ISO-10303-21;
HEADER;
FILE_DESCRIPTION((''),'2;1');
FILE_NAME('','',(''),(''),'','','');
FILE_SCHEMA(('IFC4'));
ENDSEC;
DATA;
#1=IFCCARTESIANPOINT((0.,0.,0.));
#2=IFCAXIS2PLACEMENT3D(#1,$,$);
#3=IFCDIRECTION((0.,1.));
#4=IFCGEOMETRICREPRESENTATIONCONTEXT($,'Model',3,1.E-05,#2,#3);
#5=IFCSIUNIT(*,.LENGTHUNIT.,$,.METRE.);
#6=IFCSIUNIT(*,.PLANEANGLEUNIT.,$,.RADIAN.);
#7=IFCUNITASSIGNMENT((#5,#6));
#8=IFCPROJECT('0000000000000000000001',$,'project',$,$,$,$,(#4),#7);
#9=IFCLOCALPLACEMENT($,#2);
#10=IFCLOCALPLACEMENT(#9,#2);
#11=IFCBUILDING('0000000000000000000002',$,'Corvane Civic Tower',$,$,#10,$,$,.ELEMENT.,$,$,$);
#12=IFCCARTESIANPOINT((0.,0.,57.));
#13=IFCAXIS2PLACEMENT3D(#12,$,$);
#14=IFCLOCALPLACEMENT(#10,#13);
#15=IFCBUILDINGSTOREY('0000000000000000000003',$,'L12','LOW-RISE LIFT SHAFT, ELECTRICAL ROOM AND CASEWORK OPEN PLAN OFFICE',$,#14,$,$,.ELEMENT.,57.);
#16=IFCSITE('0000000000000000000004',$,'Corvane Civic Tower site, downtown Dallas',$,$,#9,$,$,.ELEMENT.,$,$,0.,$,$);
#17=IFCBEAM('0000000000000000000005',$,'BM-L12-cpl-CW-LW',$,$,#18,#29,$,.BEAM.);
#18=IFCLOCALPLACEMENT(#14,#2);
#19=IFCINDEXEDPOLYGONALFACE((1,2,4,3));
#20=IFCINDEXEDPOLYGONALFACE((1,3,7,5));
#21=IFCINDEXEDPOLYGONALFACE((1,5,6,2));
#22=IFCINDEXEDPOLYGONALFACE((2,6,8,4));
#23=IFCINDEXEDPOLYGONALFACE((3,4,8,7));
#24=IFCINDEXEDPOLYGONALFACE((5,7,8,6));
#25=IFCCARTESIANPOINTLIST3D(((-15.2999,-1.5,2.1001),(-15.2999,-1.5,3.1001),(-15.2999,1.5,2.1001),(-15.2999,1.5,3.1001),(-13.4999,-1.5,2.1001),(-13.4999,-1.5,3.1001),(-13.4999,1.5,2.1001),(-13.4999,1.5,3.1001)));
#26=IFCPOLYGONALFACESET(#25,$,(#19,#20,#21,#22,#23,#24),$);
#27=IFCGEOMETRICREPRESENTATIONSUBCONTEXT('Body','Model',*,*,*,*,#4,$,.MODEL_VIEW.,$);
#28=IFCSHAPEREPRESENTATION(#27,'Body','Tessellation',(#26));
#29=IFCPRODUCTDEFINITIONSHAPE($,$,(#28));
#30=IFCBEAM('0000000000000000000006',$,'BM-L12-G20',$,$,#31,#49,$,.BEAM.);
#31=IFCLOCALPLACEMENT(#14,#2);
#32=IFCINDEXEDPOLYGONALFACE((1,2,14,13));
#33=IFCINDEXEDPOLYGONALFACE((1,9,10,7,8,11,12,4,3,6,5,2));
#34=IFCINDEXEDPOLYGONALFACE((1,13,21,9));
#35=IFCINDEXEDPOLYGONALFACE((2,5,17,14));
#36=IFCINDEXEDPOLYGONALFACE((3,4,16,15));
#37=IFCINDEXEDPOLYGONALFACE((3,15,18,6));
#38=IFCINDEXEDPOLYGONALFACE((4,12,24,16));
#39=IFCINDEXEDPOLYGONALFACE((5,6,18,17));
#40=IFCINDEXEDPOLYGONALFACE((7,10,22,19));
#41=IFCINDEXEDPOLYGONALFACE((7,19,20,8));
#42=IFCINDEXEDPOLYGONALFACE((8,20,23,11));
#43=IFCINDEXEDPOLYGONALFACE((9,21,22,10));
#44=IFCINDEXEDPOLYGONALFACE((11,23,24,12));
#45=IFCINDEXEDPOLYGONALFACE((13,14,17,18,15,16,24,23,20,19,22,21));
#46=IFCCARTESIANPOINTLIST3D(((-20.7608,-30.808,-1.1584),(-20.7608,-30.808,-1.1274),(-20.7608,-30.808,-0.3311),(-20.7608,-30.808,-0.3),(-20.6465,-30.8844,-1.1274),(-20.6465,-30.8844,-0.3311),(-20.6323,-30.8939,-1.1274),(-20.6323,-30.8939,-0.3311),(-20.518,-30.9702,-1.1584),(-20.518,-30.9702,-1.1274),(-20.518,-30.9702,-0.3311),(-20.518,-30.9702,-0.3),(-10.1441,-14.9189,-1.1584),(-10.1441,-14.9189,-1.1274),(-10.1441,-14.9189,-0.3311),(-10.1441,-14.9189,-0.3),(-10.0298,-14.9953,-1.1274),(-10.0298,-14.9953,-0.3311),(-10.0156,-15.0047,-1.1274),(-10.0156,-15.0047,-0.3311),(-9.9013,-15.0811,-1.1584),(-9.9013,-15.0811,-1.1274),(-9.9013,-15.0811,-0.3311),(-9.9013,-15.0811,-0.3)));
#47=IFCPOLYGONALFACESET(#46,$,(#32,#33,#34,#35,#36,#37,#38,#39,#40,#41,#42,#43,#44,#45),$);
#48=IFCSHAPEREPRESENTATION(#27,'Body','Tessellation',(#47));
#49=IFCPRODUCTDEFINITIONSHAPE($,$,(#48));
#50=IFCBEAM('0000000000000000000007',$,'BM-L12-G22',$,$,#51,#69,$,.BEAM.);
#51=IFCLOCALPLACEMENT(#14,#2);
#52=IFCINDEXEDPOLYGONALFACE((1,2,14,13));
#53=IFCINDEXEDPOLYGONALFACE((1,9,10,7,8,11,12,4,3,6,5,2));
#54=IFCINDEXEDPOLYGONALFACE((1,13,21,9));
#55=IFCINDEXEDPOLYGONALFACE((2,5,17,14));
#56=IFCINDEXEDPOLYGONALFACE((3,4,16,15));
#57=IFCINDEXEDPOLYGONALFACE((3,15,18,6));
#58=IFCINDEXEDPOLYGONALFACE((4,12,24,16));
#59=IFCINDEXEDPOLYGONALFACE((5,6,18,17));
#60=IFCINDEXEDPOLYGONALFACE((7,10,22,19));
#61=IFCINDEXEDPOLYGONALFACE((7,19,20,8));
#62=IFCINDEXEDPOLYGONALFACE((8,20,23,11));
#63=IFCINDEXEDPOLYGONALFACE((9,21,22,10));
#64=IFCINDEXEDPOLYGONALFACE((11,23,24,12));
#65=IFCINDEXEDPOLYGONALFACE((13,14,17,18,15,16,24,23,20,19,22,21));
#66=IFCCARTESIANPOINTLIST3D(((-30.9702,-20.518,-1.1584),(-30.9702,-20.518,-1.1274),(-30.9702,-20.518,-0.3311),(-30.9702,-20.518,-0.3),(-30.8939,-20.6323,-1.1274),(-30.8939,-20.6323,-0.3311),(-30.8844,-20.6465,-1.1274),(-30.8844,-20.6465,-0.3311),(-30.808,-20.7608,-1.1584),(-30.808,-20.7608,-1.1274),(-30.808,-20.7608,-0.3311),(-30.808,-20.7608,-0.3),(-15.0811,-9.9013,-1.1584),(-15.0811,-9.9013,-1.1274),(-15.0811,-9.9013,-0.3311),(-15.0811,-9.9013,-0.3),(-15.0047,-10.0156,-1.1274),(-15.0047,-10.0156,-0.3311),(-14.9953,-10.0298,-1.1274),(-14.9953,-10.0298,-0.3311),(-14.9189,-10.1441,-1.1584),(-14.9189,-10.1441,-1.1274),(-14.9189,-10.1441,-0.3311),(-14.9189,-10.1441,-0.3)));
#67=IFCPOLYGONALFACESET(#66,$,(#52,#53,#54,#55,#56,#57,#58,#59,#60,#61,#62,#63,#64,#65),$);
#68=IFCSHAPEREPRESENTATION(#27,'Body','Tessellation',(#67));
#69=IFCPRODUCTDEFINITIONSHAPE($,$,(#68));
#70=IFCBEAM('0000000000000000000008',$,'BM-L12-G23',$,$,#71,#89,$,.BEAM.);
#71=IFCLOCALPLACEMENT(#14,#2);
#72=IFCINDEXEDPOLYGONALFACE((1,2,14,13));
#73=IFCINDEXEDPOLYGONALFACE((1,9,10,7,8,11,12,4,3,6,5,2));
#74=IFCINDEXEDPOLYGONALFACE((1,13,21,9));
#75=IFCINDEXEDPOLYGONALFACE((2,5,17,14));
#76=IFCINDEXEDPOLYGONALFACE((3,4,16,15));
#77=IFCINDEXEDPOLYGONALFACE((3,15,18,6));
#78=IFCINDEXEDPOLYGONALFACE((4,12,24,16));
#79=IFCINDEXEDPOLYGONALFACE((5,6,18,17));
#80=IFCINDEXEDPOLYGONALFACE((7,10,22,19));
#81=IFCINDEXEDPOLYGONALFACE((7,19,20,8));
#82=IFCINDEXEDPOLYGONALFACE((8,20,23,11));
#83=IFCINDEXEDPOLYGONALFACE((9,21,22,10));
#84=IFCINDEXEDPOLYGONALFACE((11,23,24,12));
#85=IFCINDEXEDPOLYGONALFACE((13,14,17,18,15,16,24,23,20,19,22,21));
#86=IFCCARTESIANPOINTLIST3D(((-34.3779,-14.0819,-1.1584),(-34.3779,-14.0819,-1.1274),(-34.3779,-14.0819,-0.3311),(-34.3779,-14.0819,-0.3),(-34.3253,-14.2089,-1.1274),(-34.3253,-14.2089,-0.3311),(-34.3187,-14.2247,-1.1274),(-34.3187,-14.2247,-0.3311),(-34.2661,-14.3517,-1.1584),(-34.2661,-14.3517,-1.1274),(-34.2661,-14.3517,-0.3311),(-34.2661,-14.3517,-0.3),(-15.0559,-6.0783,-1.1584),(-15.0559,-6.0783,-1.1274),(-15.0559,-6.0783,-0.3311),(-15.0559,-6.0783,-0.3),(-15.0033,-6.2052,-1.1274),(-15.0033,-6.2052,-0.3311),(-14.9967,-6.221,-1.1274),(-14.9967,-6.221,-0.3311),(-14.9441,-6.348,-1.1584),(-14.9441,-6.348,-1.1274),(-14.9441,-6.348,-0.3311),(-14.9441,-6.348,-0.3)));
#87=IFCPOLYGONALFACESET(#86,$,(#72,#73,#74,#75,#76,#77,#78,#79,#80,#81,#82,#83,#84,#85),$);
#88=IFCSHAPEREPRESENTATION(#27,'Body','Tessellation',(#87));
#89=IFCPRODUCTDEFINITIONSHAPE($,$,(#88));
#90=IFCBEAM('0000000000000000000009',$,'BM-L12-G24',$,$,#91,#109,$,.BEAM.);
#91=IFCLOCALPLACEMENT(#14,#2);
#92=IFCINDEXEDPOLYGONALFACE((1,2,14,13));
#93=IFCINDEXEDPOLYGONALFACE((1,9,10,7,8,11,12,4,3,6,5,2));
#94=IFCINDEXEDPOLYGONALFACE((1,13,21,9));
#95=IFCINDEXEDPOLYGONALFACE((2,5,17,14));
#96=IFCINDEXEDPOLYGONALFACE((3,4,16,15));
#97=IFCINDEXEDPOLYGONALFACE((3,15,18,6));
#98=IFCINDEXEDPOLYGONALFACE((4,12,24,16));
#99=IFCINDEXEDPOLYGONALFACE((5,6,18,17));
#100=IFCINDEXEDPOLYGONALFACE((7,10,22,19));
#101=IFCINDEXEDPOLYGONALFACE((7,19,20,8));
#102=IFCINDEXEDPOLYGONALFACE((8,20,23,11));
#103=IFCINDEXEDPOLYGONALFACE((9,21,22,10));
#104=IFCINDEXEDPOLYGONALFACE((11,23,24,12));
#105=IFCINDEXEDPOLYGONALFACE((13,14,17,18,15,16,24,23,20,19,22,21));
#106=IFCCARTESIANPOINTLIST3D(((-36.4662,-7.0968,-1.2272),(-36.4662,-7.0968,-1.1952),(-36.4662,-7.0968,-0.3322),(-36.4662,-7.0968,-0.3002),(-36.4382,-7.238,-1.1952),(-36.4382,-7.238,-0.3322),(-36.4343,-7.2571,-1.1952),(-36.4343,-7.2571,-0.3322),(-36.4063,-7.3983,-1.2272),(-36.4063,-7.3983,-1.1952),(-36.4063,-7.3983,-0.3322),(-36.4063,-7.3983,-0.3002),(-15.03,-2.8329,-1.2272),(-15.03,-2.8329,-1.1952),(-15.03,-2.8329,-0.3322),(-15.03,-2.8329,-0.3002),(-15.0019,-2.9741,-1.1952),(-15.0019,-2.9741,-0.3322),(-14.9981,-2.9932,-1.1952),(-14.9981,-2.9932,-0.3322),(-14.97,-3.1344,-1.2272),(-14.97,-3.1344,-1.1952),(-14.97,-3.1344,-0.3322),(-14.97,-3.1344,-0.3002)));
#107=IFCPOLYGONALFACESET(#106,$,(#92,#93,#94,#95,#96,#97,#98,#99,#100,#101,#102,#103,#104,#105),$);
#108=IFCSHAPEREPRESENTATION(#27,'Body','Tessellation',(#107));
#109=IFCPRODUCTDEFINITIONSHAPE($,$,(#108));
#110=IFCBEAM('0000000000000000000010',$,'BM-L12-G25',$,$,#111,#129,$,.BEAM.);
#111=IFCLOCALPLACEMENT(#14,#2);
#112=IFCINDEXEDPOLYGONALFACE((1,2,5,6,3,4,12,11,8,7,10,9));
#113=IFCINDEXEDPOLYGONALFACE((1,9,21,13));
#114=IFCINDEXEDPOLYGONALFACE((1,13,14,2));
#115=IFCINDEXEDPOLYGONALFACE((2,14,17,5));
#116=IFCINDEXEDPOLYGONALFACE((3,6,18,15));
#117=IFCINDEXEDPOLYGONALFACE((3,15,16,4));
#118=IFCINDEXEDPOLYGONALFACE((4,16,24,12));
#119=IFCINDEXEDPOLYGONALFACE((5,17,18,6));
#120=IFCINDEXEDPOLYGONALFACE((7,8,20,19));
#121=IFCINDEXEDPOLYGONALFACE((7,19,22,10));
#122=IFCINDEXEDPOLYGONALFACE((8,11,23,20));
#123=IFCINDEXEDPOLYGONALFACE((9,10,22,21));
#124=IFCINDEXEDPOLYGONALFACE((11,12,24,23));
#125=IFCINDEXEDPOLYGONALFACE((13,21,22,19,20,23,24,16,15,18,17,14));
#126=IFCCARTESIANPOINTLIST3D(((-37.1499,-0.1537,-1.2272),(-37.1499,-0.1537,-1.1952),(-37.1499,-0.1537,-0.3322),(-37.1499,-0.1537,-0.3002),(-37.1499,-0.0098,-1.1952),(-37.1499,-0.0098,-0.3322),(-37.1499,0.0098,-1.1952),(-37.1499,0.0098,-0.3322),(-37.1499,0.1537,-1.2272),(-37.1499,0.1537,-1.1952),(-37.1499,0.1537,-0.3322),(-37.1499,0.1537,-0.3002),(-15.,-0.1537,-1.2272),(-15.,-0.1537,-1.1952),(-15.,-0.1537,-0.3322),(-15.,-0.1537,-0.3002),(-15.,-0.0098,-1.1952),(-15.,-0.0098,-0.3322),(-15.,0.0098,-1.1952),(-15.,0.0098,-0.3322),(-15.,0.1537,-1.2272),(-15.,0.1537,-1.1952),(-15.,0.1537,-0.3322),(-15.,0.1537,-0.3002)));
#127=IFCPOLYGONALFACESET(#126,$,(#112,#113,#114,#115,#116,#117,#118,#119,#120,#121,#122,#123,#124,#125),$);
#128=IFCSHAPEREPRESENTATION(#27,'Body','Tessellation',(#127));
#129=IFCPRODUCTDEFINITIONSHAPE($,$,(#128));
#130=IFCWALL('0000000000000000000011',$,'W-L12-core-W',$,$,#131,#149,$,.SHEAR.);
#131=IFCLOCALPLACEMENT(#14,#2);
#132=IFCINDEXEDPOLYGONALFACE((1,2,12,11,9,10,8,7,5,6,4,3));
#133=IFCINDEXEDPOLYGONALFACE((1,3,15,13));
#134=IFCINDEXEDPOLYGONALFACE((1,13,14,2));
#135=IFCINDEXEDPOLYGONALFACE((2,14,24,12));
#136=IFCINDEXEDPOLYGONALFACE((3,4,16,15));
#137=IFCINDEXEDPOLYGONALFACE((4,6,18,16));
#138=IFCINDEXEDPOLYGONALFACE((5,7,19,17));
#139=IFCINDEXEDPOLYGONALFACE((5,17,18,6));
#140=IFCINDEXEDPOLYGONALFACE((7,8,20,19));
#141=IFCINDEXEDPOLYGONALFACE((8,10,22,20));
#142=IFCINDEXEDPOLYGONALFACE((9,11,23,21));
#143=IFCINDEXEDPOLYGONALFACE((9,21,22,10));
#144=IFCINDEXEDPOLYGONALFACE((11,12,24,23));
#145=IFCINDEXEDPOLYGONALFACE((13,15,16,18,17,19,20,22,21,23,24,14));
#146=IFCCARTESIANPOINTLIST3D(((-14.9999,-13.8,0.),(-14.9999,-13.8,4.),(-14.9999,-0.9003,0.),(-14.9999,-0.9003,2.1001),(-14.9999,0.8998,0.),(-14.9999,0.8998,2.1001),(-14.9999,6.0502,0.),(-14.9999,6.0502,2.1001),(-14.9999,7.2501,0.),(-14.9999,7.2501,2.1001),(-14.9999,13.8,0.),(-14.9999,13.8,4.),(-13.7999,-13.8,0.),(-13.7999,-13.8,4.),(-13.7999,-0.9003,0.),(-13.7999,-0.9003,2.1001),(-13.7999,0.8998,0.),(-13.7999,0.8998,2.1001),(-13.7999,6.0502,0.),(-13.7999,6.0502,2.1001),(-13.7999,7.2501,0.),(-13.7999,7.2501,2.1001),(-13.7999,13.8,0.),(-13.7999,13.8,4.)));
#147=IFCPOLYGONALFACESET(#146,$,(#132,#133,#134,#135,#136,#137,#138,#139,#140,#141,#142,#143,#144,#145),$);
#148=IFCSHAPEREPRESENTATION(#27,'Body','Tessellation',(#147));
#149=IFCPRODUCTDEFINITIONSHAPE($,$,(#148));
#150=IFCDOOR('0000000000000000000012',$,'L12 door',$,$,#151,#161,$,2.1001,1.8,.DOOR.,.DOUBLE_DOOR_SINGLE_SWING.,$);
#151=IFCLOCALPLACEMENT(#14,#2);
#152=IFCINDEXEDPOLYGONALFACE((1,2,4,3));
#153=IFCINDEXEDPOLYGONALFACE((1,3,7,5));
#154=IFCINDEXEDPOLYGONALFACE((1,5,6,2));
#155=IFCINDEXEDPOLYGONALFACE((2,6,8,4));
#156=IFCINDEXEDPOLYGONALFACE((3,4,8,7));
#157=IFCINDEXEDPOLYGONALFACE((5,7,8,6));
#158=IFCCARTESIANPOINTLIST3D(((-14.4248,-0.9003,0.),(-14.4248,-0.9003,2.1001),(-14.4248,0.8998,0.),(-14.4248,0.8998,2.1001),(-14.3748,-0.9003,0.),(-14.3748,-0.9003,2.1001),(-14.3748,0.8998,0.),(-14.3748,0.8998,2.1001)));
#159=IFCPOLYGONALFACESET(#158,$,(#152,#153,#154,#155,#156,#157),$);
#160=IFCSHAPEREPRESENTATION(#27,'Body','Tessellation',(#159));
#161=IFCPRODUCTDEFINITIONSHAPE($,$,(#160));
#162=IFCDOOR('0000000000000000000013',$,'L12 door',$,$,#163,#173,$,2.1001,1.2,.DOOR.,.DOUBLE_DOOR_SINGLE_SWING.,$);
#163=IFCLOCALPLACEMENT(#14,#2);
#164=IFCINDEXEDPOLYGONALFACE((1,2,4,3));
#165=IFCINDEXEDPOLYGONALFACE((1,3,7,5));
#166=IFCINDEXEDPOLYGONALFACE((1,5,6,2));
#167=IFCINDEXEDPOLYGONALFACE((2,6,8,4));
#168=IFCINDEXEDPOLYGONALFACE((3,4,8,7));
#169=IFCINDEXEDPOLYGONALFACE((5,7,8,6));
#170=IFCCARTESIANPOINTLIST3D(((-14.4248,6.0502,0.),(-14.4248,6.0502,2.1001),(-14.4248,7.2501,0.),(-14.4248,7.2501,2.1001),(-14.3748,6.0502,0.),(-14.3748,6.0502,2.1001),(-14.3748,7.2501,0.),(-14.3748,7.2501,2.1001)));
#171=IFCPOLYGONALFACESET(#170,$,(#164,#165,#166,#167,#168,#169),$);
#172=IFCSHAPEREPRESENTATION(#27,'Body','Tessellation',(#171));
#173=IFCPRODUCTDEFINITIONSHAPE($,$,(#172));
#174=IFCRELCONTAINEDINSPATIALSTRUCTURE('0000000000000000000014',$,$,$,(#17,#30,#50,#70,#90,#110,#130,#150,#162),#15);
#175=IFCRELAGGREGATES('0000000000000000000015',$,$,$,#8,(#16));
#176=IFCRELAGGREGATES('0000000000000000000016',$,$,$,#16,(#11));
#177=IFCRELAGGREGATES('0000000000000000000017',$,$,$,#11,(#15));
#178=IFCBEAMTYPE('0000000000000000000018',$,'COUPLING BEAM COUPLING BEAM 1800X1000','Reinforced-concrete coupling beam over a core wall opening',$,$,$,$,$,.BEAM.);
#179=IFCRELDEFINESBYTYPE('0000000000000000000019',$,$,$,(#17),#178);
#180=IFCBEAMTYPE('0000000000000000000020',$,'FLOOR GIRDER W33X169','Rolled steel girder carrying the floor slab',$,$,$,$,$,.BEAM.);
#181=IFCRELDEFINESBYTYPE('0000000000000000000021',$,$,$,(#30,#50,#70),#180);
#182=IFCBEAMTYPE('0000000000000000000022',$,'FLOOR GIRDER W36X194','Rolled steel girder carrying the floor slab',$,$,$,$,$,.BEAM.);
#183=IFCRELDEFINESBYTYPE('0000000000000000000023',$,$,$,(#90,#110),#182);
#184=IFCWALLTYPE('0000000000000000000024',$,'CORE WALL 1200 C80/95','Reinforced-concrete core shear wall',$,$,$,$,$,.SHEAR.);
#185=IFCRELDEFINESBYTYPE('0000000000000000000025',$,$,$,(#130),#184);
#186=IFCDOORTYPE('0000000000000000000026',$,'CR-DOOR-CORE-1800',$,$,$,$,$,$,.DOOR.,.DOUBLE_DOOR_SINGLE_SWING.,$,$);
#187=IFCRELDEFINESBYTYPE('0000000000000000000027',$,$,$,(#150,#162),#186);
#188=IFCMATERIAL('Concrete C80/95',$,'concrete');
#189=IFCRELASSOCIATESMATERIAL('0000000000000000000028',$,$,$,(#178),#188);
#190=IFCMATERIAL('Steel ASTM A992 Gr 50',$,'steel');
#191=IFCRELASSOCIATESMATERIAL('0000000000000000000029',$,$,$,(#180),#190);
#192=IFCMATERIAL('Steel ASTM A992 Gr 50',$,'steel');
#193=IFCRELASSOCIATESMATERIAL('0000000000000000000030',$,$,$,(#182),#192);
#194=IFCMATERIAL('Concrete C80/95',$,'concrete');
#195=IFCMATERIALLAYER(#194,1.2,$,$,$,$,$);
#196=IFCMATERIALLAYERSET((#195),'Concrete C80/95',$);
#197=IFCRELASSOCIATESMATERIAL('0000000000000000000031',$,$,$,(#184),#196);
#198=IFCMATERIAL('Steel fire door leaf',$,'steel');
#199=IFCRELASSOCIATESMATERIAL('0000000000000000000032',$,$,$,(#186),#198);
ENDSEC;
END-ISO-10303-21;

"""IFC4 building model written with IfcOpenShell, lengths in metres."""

from ifc_helpers import new_model, si_unit, direction, frame, frame_2d, origin, origin_2d, place, context, subcontext, project, spatial, rectangle, i_section, extrude, material, layer, layer_set, material_profile, profile_set, type_object, element, fill, save


model = new_model("IFC4")

# Units and contexts
model_context = context("Model", 3, precision=1e-05, world=origin(), true_north=direction((0.0, 1.0)))
body_context = subcontext(model_context, "Body", "Model", "MODEL_VIEW")
ifc_project = project(units=[si_unit("LENGTHUNIT", "METRE"), si_unit("PLANEANGLEUNIT", "RADIAN")], contexts=[model_context])

# Site, building, storey
site_placement = place(None, origin())
site = spatial("IfcSite", under=ifc_project, at=site_placement, Name="Corvane Civic Tower site, downtown Dallas", CompositionType="ELEMENT", RefElevation=0.0)
building_placement = place(site_placement, origin())
building = spatial("IfcBuilding", under=site, at=building_placement, Name="Corvane Civic Tower", CompositionType="ELEMENT")
storey_placement = place(building_placement, frame((0.0, 0.0, 57.0)))
storey = spatial("IfcBuildingStorey", under=building, at=storey_placement, Name="L12", Description="LOW-RISE LIFT SHAFT, ELECTRICAL ROOM AND CASEWORK OPEN PLAN OFFICE", CompositionType="ELEMENT", Elevation=57.0)

# Beams
ifc_material_1 = material(Name="Concrete C80/95", Category="concrete")
ifc_material_profile_1 = material_profile(ifc_material_1, rectangle(XDim=1.8, YDim=1.0, at=origin_2d()), Name="COUPLING BEAM 1800X1000")
ifc_profile_set_1 = profile_set([ifc_material_profile_1], Name="Concrete C80/95")
beam_type_1 = type_object("IfcBeamType", Name="COUPLING BEAM COUPLING BEAM 1800X1000", Description="Reinforced-concrete coupling beam over a core wall opening", PredefinedType="BEAM", material=ifc_profile_set_1)
beam_1_placement = place(storey_placement, frame((-14.3999, -1.5, 2.6001), z_axis=(0.0, 1.0, 0.0), x_axis=(-1.0, 0.0, 0.0)))
element("IfcBeam", 1, at=beam_1_placement, inside=storey, type_object=beam_type_1, Name="BM-L12-cpl-CW-LW", PredefinedType="BEAM", context=body_context, shape_type="SweptSolid", body=[
    extrude(rectangle(XDim=1.8, YDim=1.0, at=origin_2d()), origin(), (0.0, 0.0, 1.0), 3.0),
])
ifc_material_2 = material(Name="Steel ASTM A992 Gr 50", Category="steel")
ifc_material_profile_2 = material_profile(ifc_material_2, i_section(OverallWidth=0.292, OverallDepth=0.8584, WebThickness=0.0171, FlangeThickness=0.031, at=origin_2d()), Name="W33X169")
ifc_profile_set_2 = profile_set([ifc_material_profile_2], Name="Steel ASTM A992 Gr 50")
beam_type_2 = type_object("IfcBeamType", Name="FLOOR GIRDER W33X169", Description="Rolled steel girder carrying the floor slab", PredefinedType="BEAM", material=ifc_profile_set_2)
for number, where, z_axis, x_axis, name in (
    (2, (-10.0227, -15.0, -0.7292), (-0.555567, -0.831472, 0.0), (0.831472, -0.555567, 0.0), "BM-L12-G20"),
    (3, (-15.0, -10.0227, -0.7292), (-0.831472, -0.555567, 0.0), (0.555567, -0.831472, 0.0), "BM-L12-G22"),
):
    element("IfcBeam", number, at=place(storey_placement, frame(where, z_axis=z_axis, x_axis=x_axis)), inside=storey, type_object=beam_type_2, Name=name, PredefinedType="BEAM", context=body_context, shape_type="SweptSolid", body=[
        extrude(i_section(OverallWidth=0.292, OverallDepth=0.8584, WebThickness=0.0171, FlangeThickness=0.031, at=origin_2d()), origin(), (0.0, 0.0, 1.0), 19.1096),
    ])
beam_2_placement = place(storey_placement, frame((-15.0, -6.2131, -0.7292), z_axis=(-0.923876, -0.382692, 0.0), x_axis=(0.382692, -0.923876, 0.0)))
element("IfcBeam", 4, at=beam_2_placement, inside=storey, type_object=beam_type_2, Name="BM-L12-G23", PredefinedType="BEAM", context=body_context, shape_type="SweptSolid", body=[
    extrude(i_section(OverallWidth=0.292, OverallDepth=0.8584, WebThickness=0.0171, FlangeThickness=0.031, at=origin_2d()), origin(), (0.0, 0.0, 1.0), 20.9141),
])
ifc_material_3 = material(Name="Steel ASTM A992 Gr 50", Category="steel")
ifc_material_profile_3 = material_profile(ifc_material_3, i_section(OverallWidth=0.3074, OverallDepth=0.927, WebThickness=0.0195, FlangeThickness=0.032, at=origin_2d()), Name="W36X194")
ifc_profile_set_3 = profile_set([ifc_material_profile_3], Name="Steel ASTM A992 Gr 50")
beam_type_3 = type_object("IfcBeamType", Name="FLOOR GIRDER W36X194", Description="Rolled steel girder carrying the floor slab", PredefinedType="BEAM", material=ifc_profile_set_3)
beam_3_placement = place(storey_placement, frame((-15.0, -2.9836, -0.7637), z_axis=(-0.980785, -0.195089, 0.0), x_axis=(0.195089, -0.980785, 0.0)))
element("IfcBeam", 5, at=beam_3_placement, inside=storey, type_object=beam_type_3, Name="BM-L12-G24", PredefinedType="BEAM", context=body_context, shape_type="SweptSolid", body=[
    extrude(i_section(OverallWidth=0.3074, OverallDepth=0.927, WebThickness=0.0195, FlangeThickness=0.032, at=origin_2d()), origin(), (0.0, 0.0, 1.0), 21.8562),
])
beam_4_placement = place(storey_placement, frame((-15.0, 0.0, -0.7637), z_axis=(-1.0, 0.0, 0.0), x_axis=(0.0, -1.0, 0.0)))
element("IfcBeam", 6, at=beam_4_placement, inside=storey, type_object=beam_type_3, Name="BM-L12-G25", PredefinedType="BEAM", context=body_context, shape_type="SweptSolid", body=[
    extrude(i_section(OverallWidth=0.3074, OverallDepth=0.927, WebThickness=0.0195, FlangeThickness=0.032, at=origin_2d()), origin(), (0.0, 0.0, 1.0), 22.1499),
])

# Wall, openings, doors
ifc_material_4 = material(Name="Concrete C80/95", Category="concrete")
ifc_layer_1 = layer(ifc_material_4, 1.2)
ifc_layer_set_1 = layer_set([ifc_layer_1], Name="Concrete C80/95")
wall_type_1 = type_object("IfcWallType", Name="CORE WALL 1200 C80/95", Description="Reinforced-concrete core shear wall", PredefinedType="SHEAR", material=ifc_layer_set_1)
wall_1_placement = place(storey_placement, frame((-14.3999, -13.8, 0.0), z_axis=(0.0, 0.0, 1.0), x_axis=(0.0, 1.0, 0.0)))
wall_1 = element("IfcWall", 7, at=wall_1_placement, inside=storey, type_object=wall_type_1, Name="W-L12-core-W", PredefinedType="SHEAR", context=body_context, shape_type="SweptSolid", body=[
    extrude(rectangle(XDim=27.6001, YDim=1.2, at=frame_2d((13.8, 0.0))), origin(), (0.0, 0.0, 1.0), 4.0),
])
opening_1_placement = place(wall_1_placement, frame((12.8999, 0.0, 0.0)))
opening_1 = element("IfcOpeningElement", 8, at=opening_1_placement, cuts=wall_1, PredefinedType="OPENING", context=body_context, shape_type="SweptSolid", body=[
    extrude(rectangle(XDim=1.8, YDim=2.1001, at=frame_2d((0.8999, 1.05))), frame((0.0, 0.6099, 0.0), z_axis=(0.0, -1.0, 0.0), x_axis=(1.0, 0.0, 0.0)), (0.0, 0.0, 1.0), 1.22),
])
opening_2_placement = place(wall_1_placement, frame((19.8501, 0.0, 0.0)))
opening_2 = element("IfcOpeningElement", 9, at=opening_2_placement, cuts=wall_1, PredefinedType="OPENING", context=body_context, shape_type="SweptSolid", body=[
    extrude(rectangle(XDim=1.2, YDim=2.1001, at=frame_2d((0.6001, 1.05))), frame((0.0, 0.6099, 0.0), z_axis=(0.0, -1.0, 0.0), x_axis=(1.0, 0.0, 0.0)), (0.0, 0.0, 1.0), 1.22),
])
ifc_material_5 = material(Name="Steel fire door leaf", Category="steel")
door_type_1 = type_object("IfcDoorType", Name="CR-DOOR-CORE-1800", OperationType="DOUBLE_DOOR_SINGLE_SWING", PredefinedType="DOOR", material=ifc_material_5)
door_1_placement = place(opening_1_placement, origin())
door_1 = element("IfcDoor", 10, at=door_1_placement, inside=storey, type_object=door_type_1, Name="L12 door", OperationType="DOUBLE_DOOR_SINGLE_SWING", OverallHeight=2.1001, OverallWidth=1.8, PredefinedType="DOOR", context=body_context, shape_type="SweptSolid", body=[
    extrude(rectangle(XDim=1.8, YDim=2.1001, at=frame_2d((0.8999, 1.05))), frame((0.0, 0.0249, 0.0), z_axis=(0.0, -1.0, 0.0), x_axis=(1.0, 0.0, 0.0)), (0.0, 0.0, 1.0), 0.05),
])
fill(opening_1, door_1)
door_2_placement = place(opening_2_placement, origin())
door_2 = element("IfcDoor", 11, at=door_2_placement, inside=storey, type_object=door_type_1, Name="L12 door", OperationType="DOUBLE_DOOR_SINGLE_SWING", OverallHeight=2.1001, OverallWidth=1.2, PredefinedType="DOOR", context=body_context, shape_type="SweptSolid", body=[
    extrude(rectangle(XDim=1.2, YDim=2.1001, at=frame_2d((0.6001, 1.05))), frame((0.0, 0.0249, 0.0), z_axis=(0.0, -1.0, 0.0), x_axis=(1.0, 0.0, 0.0)), (0.0, 0.0, 1.0), 0.05),
])
fill(opening_2, door_2)

save(model, "model.ifc")
